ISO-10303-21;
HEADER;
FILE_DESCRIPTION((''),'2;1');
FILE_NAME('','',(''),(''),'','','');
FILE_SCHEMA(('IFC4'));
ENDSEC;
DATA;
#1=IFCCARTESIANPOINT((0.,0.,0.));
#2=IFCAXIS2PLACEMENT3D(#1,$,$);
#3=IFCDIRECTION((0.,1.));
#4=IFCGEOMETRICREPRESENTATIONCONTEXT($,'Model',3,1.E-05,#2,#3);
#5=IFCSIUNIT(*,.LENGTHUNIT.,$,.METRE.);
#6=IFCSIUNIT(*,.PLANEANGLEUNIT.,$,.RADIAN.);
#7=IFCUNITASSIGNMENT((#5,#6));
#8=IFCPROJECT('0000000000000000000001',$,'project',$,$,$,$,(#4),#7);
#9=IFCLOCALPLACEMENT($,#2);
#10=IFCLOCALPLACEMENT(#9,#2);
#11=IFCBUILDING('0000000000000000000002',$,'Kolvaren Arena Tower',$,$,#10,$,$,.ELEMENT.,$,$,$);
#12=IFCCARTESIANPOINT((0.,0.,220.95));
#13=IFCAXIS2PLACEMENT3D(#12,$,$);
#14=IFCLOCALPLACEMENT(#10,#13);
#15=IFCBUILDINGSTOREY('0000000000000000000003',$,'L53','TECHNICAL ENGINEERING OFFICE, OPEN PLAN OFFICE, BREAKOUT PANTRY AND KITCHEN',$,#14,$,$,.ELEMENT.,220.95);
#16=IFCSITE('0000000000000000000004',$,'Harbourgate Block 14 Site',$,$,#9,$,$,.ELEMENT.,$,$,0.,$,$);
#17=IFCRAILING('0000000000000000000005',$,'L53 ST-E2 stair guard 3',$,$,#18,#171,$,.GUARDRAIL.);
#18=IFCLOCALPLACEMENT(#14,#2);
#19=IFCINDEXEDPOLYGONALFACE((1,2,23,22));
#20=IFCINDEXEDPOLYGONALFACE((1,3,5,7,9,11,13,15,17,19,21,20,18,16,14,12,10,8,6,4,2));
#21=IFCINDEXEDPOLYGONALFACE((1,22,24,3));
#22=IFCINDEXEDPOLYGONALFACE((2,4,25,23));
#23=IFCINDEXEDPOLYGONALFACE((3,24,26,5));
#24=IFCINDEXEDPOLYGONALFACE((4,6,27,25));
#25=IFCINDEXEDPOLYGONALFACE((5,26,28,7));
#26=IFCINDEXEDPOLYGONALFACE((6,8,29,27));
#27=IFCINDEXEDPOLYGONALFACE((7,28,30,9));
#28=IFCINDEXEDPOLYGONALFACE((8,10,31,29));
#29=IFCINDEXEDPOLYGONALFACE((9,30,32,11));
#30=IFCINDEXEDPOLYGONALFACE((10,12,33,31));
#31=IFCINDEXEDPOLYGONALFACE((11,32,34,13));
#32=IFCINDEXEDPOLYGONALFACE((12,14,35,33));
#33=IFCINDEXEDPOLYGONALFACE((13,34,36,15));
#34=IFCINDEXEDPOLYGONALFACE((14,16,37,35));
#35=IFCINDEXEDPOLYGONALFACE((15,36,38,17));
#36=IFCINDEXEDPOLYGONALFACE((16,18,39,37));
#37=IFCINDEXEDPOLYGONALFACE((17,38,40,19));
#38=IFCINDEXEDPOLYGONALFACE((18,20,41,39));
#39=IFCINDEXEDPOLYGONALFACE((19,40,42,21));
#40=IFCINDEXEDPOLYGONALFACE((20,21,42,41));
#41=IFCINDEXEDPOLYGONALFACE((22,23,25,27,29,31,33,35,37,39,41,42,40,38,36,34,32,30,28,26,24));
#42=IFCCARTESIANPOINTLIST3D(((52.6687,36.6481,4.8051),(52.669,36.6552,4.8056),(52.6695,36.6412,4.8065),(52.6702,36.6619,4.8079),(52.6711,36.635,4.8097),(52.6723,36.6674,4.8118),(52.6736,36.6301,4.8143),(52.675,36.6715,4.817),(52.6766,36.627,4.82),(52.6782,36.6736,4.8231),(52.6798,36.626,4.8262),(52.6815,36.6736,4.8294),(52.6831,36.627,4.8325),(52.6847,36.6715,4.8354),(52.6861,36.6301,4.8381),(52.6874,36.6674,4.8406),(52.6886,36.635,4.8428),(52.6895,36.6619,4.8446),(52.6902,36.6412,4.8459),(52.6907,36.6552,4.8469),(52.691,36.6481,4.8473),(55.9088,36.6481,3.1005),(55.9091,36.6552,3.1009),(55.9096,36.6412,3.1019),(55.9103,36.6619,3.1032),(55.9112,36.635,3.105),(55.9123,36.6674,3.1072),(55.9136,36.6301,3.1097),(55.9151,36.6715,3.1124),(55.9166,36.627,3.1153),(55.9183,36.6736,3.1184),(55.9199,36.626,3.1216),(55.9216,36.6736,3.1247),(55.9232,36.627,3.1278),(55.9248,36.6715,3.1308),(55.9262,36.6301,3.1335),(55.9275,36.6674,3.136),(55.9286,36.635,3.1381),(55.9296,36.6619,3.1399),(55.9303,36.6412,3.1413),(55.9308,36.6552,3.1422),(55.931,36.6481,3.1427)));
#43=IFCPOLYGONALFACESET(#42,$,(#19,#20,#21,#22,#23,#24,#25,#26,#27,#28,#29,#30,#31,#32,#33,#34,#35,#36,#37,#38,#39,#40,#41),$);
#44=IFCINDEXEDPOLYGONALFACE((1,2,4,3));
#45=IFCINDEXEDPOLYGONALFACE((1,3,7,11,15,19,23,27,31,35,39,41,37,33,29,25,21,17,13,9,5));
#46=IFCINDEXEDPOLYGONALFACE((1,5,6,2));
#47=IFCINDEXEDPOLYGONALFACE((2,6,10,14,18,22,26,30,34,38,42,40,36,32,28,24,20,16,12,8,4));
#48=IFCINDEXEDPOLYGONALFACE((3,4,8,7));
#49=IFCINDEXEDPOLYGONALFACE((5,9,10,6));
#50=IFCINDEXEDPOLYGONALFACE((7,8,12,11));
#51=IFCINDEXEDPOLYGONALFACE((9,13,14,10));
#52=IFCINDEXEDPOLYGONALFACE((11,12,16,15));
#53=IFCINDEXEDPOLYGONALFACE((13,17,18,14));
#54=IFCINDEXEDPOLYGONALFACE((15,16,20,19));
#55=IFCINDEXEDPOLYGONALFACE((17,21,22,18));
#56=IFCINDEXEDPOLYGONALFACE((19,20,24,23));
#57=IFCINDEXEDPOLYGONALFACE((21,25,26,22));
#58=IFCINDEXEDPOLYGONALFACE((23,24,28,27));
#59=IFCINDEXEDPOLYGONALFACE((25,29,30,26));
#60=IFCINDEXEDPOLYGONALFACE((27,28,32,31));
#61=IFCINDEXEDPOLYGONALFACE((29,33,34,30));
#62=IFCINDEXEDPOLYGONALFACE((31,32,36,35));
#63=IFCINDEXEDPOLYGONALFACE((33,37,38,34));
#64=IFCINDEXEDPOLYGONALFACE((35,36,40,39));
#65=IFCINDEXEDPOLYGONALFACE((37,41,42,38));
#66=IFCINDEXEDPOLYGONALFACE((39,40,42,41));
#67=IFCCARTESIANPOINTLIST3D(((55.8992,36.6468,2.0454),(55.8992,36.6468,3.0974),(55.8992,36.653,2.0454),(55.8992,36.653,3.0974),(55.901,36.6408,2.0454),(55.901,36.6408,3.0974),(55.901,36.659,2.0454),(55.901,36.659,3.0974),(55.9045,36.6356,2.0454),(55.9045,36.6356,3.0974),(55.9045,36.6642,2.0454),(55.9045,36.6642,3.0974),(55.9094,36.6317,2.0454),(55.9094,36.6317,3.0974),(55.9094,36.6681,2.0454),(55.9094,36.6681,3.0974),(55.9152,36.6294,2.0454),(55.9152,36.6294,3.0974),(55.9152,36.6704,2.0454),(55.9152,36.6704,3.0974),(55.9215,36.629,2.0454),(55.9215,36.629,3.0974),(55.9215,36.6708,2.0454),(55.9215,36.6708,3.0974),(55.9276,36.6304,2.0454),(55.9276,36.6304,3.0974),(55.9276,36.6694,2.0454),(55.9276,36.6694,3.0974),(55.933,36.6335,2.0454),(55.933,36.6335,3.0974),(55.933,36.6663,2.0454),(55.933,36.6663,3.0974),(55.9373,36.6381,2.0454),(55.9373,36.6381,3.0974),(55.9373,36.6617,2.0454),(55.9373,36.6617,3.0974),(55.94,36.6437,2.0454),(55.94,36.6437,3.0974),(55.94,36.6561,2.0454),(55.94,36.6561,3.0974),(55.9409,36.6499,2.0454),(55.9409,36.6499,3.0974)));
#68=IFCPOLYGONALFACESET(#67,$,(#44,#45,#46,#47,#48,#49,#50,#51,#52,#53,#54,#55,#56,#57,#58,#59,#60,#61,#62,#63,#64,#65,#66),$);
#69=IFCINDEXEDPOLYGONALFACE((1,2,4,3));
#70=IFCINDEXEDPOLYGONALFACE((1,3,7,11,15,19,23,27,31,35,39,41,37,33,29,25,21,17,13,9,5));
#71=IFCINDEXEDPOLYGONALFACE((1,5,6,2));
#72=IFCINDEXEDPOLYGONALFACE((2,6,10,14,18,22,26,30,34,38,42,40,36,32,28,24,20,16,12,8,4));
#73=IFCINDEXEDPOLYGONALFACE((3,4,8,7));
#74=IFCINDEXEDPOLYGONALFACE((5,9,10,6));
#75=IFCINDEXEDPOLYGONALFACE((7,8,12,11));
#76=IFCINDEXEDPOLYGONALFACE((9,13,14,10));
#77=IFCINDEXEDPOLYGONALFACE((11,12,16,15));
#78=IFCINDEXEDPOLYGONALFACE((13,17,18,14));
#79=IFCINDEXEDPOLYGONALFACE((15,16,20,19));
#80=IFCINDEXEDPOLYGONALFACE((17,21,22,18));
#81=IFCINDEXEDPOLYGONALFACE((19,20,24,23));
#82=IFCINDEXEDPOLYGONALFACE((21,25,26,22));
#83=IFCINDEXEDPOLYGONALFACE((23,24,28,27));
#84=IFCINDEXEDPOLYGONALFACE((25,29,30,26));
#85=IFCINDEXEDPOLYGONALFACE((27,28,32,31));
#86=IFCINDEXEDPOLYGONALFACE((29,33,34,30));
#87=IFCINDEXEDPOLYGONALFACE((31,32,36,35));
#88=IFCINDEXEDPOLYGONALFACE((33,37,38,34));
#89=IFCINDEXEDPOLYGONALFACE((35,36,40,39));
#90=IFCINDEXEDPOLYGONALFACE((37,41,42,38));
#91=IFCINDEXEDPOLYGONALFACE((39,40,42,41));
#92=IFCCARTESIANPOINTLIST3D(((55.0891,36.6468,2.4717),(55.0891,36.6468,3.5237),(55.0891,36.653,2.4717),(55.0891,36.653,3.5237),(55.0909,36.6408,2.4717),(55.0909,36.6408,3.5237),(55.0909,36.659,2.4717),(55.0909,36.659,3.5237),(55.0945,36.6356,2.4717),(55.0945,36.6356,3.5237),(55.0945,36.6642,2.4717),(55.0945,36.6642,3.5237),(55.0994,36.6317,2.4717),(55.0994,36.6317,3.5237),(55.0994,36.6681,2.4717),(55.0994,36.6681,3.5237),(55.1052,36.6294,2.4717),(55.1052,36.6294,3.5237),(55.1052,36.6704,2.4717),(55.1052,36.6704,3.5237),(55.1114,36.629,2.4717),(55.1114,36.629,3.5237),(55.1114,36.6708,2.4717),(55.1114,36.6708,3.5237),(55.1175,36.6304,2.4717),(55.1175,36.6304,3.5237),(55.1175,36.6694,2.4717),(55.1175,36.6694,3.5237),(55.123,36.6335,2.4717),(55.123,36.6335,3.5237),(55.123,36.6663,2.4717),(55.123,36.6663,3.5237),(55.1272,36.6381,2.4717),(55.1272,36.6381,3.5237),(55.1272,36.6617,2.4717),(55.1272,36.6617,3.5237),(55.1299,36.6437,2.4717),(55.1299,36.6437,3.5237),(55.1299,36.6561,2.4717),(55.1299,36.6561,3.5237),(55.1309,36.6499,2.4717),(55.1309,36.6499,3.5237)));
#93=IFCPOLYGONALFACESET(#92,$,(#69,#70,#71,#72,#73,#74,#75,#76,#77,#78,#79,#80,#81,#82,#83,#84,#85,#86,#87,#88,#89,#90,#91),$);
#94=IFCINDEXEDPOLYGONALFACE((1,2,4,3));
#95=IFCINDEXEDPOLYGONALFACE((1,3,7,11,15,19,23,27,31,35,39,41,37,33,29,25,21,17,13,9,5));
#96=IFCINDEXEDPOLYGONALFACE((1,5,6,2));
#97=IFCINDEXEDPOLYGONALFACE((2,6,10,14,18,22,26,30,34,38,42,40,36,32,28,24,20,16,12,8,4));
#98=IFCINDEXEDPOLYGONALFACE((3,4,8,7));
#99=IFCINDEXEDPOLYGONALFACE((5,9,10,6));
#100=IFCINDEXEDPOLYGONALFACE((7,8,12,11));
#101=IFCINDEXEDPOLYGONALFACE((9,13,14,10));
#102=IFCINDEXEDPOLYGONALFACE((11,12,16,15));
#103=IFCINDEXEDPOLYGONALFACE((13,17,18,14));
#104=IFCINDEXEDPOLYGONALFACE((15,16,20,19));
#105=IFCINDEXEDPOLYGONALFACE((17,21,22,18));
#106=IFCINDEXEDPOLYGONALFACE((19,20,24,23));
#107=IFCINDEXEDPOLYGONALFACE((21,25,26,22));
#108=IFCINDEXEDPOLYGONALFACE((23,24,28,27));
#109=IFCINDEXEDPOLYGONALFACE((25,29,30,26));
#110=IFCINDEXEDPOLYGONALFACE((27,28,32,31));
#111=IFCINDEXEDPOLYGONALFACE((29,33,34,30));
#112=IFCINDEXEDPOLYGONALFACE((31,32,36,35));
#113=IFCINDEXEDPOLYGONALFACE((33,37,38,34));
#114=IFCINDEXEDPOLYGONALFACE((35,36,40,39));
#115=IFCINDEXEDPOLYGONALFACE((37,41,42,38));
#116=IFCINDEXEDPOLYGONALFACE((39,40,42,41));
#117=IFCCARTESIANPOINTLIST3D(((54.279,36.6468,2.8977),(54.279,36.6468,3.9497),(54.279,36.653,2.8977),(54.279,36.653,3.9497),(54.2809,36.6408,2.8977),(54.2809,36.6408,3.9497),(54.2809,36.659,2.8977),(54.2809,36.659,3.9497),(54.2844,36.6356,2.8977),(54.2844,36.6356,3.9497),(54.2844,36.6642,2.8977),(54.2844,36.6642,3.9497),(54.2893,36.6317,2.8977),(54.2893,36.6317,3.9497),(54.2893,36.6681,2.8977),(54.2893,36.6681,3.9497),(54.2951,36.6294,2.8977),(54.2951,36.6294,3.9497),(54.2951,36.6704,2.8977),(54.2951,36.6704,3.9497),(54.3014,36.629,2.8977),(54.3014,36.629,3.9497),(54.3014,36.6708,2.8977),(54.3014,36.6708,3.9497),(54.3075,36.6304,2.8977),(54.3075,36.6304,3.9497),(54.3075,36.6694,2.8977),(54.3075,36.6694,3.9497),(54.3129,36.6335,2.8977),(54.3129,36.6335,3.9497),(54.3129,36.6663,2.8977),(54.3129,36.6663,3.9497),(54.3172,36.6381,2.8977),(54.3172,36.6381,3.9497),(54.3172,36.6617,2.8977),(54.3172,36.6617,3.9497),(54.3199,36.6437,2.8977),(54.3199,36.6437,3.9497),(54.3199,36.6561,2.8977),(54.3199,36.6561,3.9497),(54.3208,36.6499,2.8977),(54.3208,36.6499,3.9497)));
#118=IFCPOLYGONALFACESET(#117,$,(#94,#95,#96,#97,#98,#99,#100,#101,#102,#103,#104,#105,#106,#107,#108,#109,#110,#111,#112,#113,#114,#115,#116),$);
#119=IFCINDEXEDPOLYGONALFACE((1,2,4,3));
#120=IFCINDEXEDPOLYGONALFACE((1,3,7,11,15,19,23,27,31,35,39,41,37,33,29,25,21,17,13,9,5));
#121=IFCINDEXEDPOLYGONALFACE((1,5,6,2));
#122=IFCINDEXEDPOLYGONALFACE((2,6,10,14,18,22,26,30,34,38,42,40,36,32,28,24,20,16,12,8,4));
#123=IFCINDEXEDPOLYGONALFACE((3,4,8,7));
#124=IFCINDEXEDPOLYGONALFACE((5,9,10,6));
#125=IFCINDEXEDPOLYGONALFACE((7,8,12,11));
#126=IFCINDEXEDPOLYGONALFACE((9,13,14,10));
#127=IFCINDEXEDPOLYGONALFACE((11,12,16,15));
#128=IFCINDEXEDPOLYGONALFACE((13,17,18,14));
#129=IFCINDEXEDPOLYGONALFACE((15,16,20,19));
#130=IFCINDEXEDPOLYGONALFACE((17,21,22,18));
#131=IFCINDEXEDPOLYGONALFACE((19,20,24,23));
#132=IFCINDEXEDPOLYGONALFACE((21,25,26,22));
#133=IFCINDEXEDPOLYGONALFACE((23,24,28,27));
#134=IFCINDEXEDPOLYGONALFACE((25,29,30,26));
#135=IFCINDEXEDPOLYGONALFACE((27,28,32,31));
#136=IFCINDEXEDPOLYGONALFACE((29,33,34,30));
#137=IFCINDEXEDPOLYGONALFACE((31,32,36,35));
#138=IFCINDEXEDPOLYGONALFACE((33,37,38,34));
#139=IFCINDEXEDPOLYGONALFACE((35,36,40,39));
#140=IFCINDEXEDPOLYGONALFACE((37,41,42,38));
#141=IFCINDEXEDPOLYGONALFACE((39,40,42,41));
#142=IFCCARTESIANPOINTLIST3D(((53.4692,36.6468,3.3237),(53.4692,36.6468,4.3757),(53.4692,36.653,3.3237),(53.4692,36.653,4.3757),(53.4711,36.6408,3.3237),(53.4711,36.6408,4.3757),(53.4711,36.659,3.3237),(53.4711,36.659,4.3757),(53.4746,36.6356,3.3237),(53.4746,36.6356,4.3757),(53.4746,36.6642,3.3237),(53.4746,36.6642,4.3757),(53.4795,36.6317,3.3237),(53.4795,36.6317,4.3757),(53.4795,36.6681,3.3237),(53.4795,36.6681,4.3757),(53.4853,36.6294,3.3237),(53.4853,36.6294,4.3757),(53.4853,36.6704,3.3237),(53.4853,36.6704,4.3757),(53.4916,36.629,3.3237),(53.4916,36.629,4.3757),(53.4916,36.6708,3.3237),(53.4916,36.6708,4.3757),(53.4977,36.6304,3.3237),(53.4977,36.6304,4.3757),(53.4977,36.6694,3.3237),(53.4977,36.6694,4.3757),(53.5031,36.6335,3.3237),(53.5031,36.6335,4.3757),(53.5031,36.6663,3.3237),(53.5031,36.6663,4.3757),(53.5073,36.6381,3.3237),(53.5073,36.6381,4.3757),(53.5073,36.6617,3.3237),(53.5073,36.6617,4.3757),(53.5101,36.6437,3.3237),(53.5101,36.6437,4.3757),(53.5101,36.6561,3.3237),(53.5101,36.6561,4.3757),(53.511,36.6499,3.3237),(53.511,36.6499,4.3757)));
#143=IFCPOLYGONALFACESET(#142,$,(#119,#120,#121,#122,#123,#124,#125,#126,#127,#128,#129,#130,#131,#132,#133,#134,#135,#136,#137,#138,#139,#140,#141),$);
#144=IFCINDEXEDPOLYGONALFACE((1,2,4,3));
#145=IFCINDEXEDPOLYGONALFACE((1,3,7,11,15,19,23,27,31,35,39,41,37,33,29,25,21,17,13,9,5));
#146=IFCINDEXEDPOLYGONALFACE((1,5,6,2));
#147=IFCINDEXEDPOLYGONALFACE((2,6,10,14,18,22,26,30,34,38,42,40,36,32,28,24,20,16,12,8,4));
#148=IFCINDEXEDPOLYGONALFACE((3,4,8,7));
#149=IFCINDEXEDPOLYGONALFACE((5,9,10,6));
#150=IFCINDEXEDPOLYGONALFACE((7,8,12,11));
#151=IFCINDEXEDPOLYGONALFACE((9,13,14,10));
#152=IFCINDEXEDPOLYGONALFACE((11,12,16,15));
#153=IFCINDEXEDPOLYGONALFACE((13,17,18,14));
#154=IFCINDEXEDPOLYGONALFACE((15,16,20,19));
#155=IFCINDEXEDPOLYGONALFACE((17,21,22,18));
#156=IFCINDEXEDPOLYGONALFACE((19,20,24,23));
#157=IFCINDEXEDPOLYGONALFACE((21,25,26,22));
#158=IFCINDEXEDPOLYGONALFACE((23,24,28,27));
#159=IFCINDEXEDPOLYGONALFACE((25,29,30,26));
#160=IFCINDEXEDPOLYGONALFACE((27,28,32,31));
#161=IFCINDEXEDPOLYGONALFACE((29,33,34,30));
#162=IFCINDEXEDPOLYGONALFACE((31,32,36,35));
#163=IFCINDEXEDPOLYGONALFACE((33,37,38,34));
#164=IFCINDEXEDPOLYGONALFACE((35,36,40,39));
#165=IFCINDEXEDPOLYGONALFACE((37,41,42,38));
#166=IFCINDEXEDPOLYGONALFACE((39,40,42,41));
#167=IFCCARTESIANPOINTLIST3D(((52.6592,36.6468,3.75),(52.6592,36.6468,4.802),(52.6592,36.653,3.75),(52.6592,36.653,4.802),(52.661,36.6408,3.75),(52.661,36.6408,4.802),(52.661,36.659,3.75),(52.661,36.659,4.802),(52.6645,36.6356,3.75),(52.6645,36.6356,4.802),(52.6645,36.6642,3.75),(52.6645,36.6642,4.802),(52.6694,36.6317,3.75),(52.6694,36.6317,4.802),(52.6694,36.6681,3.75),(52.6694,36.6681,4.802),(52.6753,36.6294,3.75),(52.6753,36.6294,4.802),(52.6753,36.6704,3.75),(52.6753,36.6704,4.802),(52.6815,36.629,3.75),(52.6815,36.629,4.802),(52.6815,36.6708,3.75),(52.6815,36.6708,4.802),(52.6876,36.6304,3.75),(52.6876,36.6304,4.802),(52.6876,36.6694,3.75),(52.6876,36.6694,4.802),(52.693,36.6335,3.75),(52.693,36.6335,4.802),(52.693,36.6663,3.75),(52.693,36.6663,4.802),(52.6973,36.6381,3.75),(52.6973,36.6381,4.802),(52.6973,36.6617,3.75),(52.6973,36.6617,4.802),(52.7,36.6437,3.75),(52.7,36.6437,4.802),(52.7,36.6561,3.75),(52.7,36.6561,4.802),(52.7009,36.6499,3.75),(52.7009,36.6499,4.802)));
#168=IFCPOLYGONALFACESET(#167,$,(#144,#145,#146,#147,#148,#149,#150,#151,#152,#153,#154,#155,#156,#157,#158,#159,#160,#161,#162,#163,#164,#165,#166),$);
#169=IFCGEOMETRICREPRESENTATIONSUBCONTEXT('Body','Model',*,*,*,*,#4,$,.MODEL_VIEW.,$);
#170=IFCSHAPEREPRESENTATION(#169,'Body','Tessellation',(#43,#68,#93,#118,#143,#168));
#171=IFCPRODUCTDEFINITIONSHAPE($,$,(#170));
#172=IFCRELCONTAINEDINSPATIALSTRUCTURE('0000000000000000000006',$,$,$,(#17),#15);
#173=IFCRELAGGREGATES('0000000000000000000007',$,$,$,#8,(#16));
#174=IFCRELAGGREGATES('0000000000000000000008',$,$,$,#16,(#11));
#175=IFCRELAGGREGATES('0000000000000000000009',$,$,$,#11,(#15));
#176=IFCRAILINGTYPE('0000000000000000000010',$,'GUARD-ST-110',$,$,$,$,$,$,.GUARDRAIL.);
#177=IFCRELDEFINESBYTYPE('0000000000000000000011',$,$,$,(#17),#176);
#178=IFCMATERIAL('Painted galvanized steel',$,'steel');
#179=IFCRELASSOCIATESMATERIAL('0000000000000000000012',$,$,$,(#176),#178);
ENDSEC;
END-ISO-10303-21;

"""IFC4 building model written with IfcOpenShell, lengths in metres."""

from ifc_helpers import new_model, si_unit, direction, frame, origin, origin_2d, place, context, subcontext, project, spatial, circle, extrude, material, type_object, element, save


model = new_model("IFC4")

# Units and contexts
model_context = context("Model", 3, precision=1e-05, world=origin(), true_north=direction((0.0, 1.0)))
body_context = subcontext(model_context, "Body", "Model", "MODEL_VIEW")
ifc_project = project(units=[si_unit("LENGTHUNIT", "METRE"), si_unit("PLANEANGLEUNIT", "RADIAN")], contexts=[model_context])

# Site, building, storey
site_placement = place(None, origin())
site = spatial("IfcSite", under=ifc_project, at=site_placement, Name="Harbourgate Block 14 Site", CompositionType="ELEMENT", RefElevation=0.0)
building_placement = place(site_placement, origin())
building = spatial("IfcBuilding", under=site, at=building_placement, Name="Kolvaren Arena Tower", CompositionType="ELEMENT")
storey_placement = place(building_placement, frame((0.0, 0.0, 220.95)))
storey = spatial("IfcBuildingStorey", under=building, at=storey_placement, Name="L53", Description="TECHNICAL ENGINEERING OFFICE, OPEN PLAN OFFICE, BREAKOUT PANTRY AND KITCHEN", CompositionType="ELEMENT", Elevation=220.95)

# Railing
ifc_material_1 = material(Name="Painted galvanized steel", Category="steel")
railing_type_1 = type_object("IfcRailingType", Name="GUARD-ST-110", PredefinedType="GUARDRAIL", material=ifc_material_1)
railing_1_placement = place(storey_placement, frame((55.9199, 36.6499, 2.0454)))
element("IfcRailing", 1, at=railing_1_placement, inside=storey, type_object=railing_type_1, Name="L53 ST-E2 stair guard 3", PredefinedType="GUARDRAIL", context=body_context, shape_type="SweptSolid", body=[
    extrude(circle(Radius=0.0239, at=origin_2d()), frame((0.0, 0.0, 1.0762), z_axis=(-0.884993, 0.0, 0.465604), x_axis=(0.0, -1.0, 0.0)), (0.0, 0.0, 1.0), 3.6611),
    extrude(circle(Radius=0.021, at=origin_2d()), origin(), (0.0, 0.0, 1.0), 1.052),
    extrude(circle(Radius=0.021, at=origin_2d()), frame((-0.8101, 0.0, 0.4263)), (0.0, 0.0, 1.0), 1.052),
    extrude(circle(Radius=0.021, at=origin_2d()), frame((-1.6201, 0.0, 0.8523)), (0.0, 0.0, 1.0), 1.052),
    extrude(circle(Radius=0.021, at=origin_2d()), frame((-2.4299, 0.0, 1.2783)), (0.0, 0.0, 1.0), 1.052),
    extrude(circle(Radius=0.021, at=origin_2d()), frame((-3.24, 0.0, 1.7046)), (0.0, 0.0, 1.0), 1.052),
])

save(model, "model.ifc")
